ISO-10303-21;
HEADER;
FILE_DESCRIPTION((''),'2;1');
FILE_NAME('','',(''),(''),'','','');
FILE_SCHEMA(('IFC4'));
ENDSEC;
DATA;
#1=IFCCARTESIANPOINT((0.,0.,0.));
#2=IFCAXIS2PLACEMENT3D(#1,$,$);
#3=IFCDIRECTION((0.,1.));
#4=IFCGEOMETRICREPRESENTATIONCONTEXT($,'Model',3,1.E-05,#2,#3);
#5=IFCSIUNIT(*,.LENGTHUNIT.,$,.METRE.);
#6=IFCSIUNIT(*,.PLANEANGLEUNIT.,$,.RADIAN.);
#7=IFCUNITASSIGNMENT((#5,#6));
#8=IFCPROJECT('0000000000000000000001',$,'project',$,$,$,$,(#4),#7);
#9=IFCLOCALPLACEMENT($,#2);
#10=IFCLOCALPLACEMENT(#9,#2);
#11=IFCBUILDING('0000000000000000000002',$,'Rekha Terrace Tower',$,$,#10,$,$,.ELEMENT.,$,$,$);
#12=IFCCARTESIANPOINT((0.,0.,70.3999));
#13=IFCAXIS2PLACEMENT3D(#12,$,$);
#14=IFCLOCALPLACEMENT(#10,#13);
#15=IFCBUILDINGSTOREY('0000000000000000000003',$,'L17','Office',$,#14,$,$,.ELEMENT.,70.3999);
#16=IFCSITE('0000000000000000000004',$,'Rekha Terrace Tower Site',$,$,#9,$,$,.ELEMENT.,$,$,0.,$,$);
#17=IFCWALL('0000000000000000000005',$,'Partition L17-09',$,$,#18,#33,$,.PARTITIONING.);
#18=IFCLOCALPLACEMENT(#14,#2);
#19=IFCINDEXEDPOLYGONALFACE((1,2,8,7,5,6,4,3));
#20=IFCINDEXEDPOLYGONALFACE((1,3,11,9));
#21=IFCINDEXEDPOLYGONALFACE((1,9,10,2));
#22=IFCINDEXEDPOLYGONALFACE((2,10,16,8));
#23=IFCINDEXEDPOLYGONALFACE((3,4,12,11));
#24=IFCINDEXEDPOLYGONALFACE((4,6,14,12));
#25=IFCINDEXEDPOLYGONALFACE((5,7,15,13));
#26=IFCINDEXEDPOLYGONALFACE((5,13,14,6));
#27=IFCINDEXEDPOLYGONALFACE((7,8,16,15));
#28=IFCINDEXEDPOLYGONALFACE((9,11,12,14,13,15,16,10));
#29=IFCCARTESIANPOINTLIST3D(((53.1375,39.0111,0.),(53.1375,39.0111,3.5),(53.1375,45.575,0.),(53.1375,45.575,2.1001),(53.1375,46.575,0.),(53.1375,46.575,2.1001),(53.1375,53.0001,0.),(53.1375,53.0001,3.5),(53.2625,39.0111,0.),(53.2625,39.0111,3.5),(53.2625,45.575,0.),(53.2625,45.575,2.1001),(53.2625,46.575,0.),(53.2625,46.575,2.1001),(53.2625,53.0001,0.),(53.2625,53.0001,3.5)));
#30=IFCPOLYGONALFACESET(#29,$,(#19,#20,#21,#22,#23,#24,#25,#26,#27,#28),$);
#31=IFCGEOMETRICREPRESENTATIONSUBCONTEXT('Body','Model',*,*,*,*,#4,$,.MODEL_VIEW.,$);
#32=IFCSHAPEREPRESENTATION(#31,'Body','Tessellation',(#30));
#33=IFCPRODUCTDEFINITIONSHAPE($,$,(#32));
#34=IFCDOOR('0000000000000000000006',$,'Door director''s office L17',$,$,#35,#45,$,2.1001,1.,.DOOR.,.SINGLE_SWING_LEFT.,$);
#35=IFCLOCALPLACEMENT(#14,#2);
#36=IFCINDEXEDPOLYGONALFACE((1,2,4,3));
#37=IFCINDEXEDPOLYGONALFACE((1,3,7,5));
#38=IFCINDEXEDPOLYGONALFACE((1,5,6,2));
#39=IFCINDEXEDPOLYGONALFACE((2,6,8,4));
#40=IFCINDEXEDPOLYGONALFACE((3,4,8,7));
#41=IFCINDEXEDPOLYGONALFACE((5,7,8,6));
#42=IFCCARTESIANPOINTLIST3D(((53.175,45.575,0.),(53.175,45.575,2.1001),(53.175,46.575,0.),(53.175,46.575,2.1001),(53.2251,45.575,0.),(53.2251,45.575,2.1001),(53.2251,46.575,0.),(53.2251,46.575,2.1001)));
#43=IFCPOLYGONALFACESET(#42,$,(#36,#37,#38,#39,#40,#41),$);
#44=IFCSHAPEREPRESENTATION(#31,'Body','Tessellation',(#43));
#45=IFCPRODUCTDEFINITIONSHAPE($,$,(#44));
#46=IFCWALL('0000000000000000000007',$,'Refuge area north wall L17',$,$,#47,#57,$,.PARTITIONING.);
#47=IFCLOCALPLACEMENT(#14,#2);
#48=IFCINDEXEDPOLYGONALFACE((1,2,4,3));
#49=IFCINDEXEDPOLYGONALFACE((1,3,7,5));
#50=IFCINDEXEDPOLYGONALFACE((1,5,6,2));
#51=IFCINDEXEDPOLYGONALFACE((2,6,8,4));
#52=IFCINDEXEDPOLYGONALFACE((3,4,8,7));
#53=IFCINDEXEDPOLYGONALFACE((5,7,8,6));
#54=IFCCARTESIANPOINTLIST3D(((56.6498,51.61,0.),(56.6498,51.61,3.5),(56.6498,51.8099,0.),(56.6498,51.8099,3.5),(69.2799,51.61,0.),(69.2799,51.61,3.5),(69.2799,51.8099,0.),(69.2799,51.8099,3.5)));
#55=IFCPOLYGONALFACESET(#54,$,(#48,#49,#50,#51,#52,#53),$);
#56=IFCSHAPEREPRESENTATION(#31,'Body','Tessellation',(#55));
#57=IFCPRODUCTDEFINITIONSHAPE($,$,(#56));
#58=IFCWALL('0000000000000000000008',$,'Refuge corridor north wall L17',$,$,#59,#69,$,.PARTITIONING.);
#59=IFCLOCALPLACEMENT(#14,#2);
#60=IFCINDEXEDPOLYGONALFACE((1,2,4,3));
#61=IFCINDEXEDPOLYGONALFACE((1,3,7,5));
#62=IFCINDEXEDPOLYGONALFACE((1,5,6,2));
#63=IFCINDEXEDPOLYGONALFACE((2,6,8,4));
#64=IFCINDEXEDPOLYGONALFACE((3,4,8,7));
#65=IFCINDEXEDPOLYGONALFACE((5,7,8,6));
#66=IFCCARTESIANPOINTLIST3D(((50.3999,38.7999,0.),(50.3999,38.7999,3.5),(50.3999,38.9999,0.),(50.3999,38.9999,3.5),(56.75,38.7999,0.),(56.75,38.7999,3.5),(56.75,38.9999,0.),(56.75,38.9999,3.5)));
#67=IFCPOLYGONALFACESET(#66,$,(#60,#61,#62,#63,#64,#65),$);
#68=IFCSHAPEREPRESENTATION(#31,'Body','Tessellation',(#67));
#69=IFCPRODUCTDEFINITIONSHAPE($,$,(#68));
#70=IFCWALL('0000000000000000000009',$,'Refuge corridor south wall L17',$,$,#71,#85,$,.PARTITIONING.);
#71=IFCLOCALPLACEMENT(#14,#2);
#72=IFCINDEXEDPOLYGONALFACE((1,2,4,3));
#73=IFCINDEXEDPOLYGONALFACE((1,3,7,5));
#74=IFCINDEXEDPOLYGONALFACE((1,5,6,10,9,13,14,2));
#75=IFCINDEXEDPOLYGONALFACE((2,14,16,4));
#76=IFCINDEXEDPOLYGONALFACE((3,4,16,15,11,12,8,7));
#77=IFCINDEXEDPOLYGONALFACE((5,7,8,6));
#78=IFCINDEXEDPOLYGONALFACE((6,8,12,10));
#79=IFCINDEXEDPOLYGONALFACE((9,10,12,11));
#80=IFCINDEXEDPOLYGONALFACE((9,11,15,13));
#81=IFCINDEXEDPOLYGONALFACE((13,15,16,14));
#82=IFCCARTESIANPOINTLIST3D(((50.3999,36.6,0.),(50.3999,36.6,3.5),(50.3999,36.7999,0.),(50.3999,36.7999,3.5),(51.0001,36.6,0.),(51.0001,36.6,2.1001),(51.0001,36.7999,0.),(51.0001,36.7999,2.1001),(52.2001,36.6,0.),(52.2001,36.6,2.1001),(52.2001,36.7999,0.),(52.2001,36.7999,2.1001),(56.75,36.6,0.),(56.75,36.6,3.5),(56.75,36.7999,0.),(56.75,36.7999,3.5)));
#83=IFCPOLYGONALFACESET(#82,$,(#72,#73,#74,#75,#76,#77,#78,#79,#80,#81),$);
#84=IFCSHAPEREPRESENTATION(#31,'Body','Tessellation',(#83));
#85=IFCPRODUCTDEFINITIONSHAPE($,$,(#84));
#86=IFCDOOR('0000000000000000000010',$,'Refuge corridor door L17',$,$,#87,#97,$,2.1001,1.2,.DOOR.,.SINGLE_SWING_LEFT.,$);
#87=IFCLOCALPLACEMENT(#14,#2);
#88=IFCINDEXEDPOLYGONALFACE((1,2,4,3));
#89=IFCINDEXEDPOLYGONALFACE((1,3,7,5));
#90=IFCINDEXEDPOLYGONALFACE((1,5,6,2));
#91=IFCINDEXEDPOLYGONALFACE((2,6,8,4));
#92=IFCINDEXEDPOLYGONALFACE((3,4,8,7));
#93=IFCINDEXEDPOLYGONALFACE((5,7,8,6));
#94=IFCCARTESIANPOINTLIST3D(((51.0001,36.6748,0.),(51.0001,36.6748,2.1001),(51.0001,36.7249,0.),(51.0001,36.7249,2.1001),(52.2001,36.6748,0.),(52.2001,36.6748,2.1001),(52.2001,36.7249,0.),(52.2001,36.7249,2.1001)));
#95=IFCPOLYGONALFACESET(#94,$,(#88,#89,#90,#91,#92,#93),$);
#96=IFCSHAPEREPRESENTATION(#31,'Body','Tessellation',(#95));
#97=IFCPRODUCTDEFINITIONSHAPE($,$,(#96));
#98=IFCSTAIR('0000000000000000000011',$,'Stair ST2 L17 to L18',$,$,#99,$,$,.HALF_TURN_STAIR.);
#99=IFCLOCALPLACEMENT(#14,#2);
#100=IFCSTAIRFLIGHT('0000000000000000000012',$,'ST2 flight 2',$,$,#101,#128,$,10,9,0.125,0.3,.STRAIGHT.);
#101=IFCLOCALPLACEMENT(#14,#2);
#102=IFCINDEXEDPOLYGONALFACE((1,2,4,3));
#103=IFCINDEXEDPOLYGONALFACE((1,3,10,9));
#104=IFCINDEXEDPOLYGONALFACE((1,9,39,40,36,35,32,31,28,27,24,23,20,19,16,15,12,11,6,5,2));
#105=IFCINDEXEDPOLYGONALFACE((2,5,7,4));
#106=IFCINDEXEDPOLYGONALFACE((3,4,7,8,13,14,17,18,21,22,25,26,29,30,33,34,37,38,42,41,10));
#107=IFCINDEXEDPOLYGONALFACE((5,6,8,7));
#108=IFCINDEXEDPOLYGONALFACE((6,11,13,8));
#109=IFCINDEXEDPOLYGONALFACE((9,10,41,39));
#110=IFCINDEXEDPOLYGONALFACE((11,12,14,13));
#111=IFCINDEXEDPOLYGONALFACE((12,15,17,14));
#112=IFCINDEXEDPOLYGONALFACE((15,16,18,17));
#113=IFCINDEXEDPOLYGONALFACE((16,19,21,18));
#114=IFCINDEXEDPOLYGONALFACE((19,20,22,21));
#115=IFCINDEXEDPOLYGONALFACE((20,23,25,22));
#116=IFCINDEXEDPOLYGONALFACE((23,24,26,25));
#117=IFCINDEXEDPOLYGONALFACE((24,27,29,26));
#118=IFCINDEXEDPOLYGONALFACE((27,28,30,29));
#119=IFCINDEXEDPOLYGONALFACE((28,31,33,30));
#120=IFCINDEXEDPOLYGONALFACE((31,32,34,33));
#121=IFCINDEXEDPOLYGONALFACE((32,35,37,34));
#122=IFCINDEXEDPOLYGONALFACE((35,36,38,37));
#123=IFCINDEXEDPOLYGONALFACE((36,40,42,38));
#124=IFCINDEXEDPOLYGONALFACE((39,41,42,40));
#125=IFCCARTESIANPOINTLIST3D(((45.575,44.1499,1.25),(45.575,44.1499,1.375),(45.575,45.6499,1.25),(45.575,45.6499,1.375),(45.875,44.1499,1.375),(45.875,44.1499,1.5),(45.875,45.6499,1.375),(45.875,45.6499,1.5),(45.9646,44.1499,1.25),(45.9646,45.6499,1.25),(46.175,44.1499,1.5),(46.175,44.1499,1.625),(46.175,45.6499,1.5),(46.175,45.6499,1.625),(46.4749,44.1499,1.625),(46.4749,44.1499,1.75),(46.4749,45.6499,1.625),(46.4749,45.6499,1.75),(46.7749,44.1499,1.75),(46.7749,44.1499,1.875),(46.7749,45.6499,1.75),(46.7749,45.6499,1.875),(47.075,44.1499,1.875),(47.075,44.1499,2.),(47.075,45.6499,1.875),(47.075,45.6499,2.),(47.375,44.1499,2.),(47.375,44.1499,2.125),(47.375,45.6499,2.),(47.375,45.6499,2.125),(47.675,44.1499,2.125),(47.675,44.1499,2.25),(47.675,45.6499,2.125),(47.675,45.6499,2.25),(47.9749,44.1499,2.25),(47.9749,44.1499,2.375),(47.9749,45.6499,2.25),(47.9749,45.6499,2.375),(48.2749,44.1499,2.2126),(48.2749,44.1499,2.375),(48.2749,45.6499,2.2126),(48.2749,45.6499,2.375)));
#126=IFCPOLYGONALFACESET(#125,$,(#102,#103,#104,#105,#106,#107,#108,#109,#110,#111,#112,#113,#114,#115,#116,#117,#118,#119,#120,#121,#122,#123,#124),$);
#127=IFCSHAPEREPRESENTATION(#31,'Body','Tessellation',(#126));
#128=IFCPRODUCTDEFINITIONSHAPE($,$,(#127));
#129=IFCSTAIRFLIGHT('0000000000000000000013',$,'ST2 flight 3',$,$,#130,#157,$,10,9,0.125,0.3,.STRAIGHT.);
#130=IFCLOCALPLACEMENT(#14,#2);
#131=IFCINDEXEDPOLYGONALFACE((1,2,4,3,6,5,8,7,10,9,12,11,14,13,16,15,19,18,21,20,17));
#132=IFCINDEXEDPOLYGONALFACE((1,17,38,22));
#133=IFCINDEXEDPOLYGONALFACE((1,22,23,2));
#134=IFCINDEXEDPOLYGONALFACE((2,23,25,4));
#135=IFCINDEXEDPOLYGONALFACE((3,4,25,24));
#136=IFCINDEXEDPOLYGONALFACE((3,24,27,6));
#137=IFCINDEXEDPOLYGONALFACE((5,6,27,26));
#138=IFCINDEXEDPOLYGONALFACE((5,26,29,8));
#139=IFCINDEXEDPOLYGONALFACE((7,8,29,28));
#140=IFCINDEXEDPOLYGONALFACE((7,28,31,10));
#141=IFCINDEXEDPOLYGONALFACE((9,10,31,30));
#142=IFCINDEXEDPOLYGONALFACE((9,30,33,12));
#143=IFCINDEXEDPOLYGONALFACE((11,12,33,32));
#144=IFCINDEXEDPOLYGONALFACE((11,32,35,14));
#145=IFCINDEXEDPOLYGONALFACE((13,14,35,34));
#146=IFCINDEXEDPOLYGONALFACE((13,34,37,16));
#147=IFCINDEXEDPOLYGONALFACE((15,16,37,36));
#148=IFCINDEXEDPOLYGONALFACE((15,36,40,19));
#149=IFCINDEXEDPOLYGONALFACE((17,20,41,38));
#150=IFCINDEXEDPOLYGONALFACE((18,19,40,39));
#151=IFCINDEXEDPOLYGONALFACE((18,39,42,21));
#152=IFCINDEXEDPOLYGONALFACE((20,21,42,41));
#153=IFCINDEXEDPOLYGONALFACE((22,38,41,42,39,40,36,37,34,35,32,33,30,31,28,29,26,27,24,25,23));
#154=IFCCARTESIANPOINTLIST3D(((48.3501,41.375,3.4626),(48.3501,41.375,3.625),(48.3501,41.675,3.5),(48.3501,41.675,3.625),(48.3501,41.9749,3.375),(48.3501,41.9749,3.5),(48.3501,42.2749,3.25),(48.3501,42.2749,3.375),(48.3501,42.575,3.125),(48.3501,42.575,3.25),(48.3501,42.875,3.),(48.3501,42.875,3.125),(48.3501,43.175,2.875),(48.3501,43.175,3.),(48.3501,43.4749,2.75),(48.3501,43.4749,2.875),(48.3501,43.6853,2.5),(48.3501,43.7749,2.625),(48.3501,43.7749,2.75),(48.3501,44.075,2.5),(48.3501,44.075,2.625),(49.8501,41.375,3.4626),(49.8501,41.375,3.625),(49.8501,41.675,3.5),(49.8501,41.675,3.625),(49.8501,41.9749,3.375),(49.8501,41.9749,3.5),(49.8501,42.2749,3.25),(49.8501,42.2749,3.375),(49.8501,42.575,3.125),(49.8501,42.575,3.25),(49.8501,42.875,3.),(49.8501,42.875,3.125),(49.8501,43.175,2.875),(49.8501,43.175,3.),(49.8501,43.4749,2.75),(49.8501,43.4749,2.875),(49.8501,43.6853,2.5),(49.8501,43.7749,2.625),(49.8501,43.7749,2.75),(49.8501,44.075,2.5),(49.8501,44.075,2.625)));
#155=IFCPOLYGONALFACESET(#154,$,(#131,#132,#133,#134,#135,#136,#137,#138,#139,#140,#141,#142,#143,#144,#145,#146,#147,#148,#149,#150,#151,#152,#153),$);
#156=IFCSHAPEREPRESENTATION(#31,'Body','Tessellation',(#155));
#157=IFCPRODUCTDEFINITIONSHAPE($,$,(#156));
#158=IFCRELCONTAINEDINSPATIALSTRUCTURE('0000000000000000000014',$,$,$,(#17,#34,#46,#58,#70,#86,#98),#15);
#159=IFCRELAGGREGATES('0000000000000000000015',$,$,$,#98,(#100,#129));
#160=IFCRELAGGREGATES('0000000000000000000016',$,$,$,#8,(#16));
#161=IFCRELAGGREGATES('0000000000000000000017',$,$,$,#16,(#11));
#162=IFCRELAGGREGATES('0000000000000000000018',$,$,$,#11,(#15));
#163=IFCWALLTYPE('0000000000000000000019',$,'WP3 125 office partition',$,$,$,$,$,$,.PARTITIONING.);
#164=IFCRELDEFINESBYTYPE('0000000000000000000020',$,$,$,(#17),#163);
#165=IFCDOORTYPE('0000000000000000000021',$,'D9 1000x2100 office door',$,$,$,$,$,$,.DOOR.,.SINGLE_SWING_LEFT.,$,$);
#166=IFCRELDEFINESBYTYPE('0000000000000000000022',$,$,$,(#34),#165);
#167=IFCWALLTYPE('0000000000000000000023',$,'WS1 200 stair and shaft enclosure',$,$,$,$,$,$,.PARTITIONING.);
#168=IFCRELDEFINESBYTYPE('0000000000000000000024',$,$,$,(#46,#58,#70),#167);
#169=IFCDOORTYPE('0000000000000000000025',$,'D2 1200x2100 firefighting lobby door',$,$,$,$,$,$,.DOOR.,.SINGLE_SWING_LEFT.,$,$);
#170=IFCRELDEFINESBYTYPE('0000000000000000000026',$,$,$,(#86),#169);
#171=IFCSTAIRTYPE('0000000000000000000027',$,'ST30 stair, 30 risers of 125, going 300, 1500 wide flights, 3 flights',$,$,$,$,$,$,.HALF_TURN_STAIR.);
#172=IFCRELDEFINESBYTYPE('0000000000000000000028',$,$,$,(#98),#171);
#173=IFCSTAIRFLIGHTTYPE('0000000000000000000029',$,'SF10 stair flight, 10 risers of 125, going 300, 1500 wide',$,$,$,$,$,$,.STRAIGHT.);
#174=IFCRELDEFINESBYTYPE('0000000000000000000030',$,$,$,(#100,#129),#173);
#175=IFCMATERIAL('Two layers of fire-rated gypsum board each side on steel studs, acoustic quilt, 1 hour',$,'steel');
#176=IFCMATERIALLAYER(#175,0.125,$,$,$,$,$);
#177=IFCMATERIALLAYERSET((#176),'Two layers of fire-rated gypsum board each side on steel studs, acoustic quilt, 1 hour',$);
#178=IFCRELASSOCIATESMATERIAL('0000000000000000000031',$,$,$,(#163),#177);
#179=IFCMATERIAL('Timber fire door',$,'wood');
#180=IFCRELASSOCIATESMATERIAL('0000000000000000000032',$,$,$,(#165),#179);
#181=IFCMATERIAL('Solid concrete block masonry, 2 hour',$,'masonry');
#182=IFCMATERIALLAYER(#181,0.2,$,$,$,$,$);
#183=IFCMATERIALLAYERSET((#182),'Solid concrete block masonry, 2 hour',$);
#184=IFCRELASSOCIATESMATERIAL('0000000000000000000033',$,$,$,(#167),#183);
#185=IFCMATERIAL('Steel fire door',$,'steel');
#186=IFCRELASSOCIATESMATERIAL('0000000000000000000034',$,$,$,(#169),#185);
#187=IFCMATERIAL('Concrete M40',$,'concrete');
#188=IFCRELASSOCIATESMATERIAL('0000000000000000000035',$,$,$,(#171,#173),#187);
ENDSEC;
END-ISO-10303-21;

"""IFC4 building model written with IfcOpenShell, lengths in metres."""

from ifc_helpers import new_model, si_unit, direction, frame, frame_2d, origin, place, context, subcontext, project, spatial, polyline, rectangle, outline, extrude, material, layer, layer_set, type_object, element, fill, aggregate, save


model = new_model("IFC4")

# Units and contexts
model_context = context("Model", 3, precision=1e-05, world=origin(), true_north=direction((0.0, 1.0)))
body_context = subcontext(model_context, "Body", "Model", "MODEL_VIEW")
ifc_project = project(units=[si_unit("LENGTHUNIT", "METRE"), si_unit("PLANEANGLEUNIT", "RADIAN")], contexts=[model_context])

# Site, building, storey
site_placement = place(None, origin())
site = spatial("IfcSite", under=ifc_project, at=site_placement, Name="Rekha Terrace Tower Site", CompositionType="ELEMENT", RefElevation=0.0)
building_placement = place(site_placement, origin())
building = spatial("IfcBuilding", under=site, at=building_placement, Name="Rekha Terrace Tower", CompositionType="ELEMENT")
storey_placement = place(building_placement, frame((0.0, 0.0, 70.3999)))
storey = spatial("IfcBuildingStorey", under=building, at=storey_placement, Name="L17", Description="Office", CompositionType="ELEMENT", Elevation=70.3999)

# Shared definitions
ifc_material_1 = material(Name="Two layers of fire-rated gypsum board each side on steel studs, acoustic quilt, 1 hour", Category="steel")
ifc_layer_1 = layer(ifc_material_1, 0.125)
ifc_layer_set_1 = layer_set([ifc_layer_1], Name="Two layers of fire-rated gypsum board each side on steel studs, acoustic quilt, 1 hour")
wall_type_1 = type_object("IfcWallType", Name="WP3 125 office partition", PredefinedType="PARTITIONING", material=ifc_layer_set_1)

# Wall, opening, door
wall_1_placement = place(storey_placement, frame((53.2, 39.011, 0.0), z_axis=(0.0, 0.0, 1.0), x_axis=(0.0, 1.0, 0.0)))
wall_1 = element("IfcWall", 1, at=wall_1_placement, inside=storey, type_object=wall_type_1, Name="Partition L17-09", PredefinedType="PARTITIONING", context=body_context, shape_type="SweptSolid", body=[
    extrude(rectangle(XDim=13.989, YDim=0.125, at=frame_2d((6.9946, 0.0))), origin(), (0.0, 0.0, 1.0), 3.5),
])
opening_1_placement = place(wall_1_placement, frame((6.564, 0.0, 0.0)))
opening_1 = element("IfcOpeningElement", 2, at=opening_1_placement, cuts=wall_1, PredefinedType="OPENING", context=body_context, shape_type="SweptSolid", body=[
    extrude(rectangle(XDim=1.0, YDim=2.1001, at=frame_2d((0.5, 1.05))), frame((0.0, 0.0725, 0.0), z_axis=(0.0, -1.0, 0.0), x_axis=(1.0, 0.0, 0.0)), (0.0, 0.0, 1.0), 0.145),
])
ifc_material_2 = material(Name="Timber fire door", Category="wood")
door_type_1 = type_object("IfcDoorType", Name="D9 1000x2100 office door", OperationType="SINGLE_SWING_LEFT", PredefinedType="DOOR", material=ifc_material_2)
door_1_placement = place(opening_1_placement, origin())
door_1 = element("IfcDoor", 3, at=door_1_placement, inside=storey, type_object=door_type_1, Name="Door director's office L17", OperationType="SINGLE_SWING_LEFT", OverallHeight=2.1001, OverallWidth=1.0, PredefinedType="DOOR", context=body_context, shape_type="SweptSolid", body=[
    extrude(rectangle(XDim=1.0, YDim=2.1001, at=frame_2d((0.5, 1.05))), frame((0.0, 0.0249, 0.0), z_axis=(0.0, -1.0, 0.0), x_axis=(1.0, 0.0, 0.0)), (0.0, 0.0, 1.0), 0.05),
])
fill(opening_1, door_1)

# Walls
ifc_material_3 = material(Name="Solid concrete block masonry, 2 hour", Category="masonry")
ifc_layer_2 = layer(ifc_material_3, 0.2)
ifc_layer_set_2 = layer_set([ifc_layer_2], Name="Solid concrete block masonry, 2 hour")
wall_type_2 = type_object("IfcWallType", Name="WS1 200 stair and shaft enclosure", PredefinedType="PARTITIONING", material=ifc_layer_set_2)
wall_2_placement = place(storey_placement, frame((56.6499, 51.71, 0.0), z_axis=(0.0, 0.0, 1.0), x_axis=(1.0, 0.0, 0.0)))
element("IfcWall", 4, at=wall_2_placement, inside=storey, type_object=wall_type_2, Name="Refuge area north wall L17", PredefinedType="PARTITIONING", context=body_context, shape_type="SweptSolid", body=[
    extrude(rectangle(XDim=12.6301, YDim=0.2, at=frame_2d((6.3149, 0.0))), origin(), (0.0, 0.0, 1.0), 3.5),
])
wall_3_placement = place(storey_placement, frame((50.3999, 38.8999, 0.0), z_axis=(0.0, 0.0, 1.0), x_axis=(1.0, 0.0, 0.0)))
element("IfcWall", 5, at=wall_3_placement, inside=storey, type_object=wall_type_2, Name="Refuge corridor north wall L17", PredefinedType="PARTITIONING", context=body_context, shape_type="SweptSolid", body=[
    extrude(rectangle(XDim=6.3501, YDim=0.2, at=frame_2d((3.175, 0.0))), origin(), (0.0, 0.0, 1.0), 3.5),
])

# Wall, opening, door
wall_4_placement = place(storey_placement, frame((50.3999, 36.7, 0.0), z_axis=(0.0, 0.0, 1.0), x_axis=(1.0, 0.0, 0.0)))
wall_4 = element("IfcWall", 6, at=wall_4_placement, inside=storey, type_object=wall_type_2, Name="Refuge corridor south wall L17", PredefinedType="PARTITIONING", context=body_context, shape_type="SweptSolid", body=[
    extrude(rectangle(XDim=6.3501, YDim=0.2, at=frame_2d((3.175, 0.0))), origin(), (0.0, 0.0, 1.0), 3.5),
])
opening_2_placement = place(wall_4_placement, frame((0.6001, 0.0, 0.0)))
opening_2 = element("IfcOpeningElement", 7, at=opening_2_placement, cuts=wall_4, PredefinedType="OPENING", context=body_context, shape_type="SweptSolid", body=[
    extrude(rectangle(XDim=1.2, YDim=2.1001, at=frame_2d((0.6001, 1.05))), frame((0.0, 0.1099, 0.0), z_axis=(0.0, -1.0, 0.0), x_axis=(1.0, 0.0, 0.0)), (0.0, 0.0, 1.0), 0.22),
])
ifc_material_4 = material(Name="Steel fire door", Category="steel")
door_type_2 = type_object("IfcDoorType", Name="D2 1200x2100 firefighting lobby door", OperationType="SINGLE_SWING_LEFT", PredefinedType="DOOR", material=ifc_material_4)
door_2_placement = place(opening_2_placement, origin())
door_2 = element("IfcDoor", 8, at=door_2_placement, inside=storey, type_object=door_type_2, Name="Refuge corridor door L17", OperationType="SINGLE_SWING_LEFT", OverallHeight=2.1001, OverallWidth=1.2, PredefinedType="DOOR", context=body_context, shape_type="SweptSolid", body=[
    extrude(rectangle(XDim=1.2, YDim=2.1001, at=frame_2d((0.6001, 1.05))), frame((0.0, 0.0249, 0.0), z_axis=(0.0, -1.0, 0.0), x_axis=(1.0, 0.0, 0.0)), (0.0, 0.0, 1.0), 0.05),
])
fill(opening_2, door_2)

# Stair, stair flights
ifc_material_5 = material(Name="Concrete M40", Category="concrete")
stair_type = type_object("IfcStairType", Name="ST30 stair, 30 risers of 125, going 300, 1500 wide flights, 3 flights", PredefinedType="HALF_TURN_STAIR", material=ifc_material_5)
stair_1_placement = place(storey_placement, origin())
stair_1 = element("IfcStair", 9, at=stair_1_placement, inside=storey, type_object=stair_type, Name="Stair ST2 L17 to L18", PredefinedType="HALF_TURN_STAIR")
stair_flight_type = type_object("IfcStairFlightType", Name="SF10 stair flight, 10 risers of 125, going 300, 1500 wide", PredefinedType="STRAIGHT", material=ifc_material_5)
stair_flight_1_placement = place(storey_placement, frame((45.575, 44.8999, 1.25), z_axis=(0.0, 0.0, 1.0), x_axis=(1.0, 0.0, 0.0)))
stair_flight_1 = element("IfcStairFlight", 10, at=stair_flight_1_placement, type_object=stair_flight_type, Name="ST2 flight 2", NumberOfRisers=10, NumberOfTreads=9, PredefinedType="STRAIGHT", RiserHeight=0.125, TreadLength=0.3, context=body_context, shape_type="SweptSolid", body=[
    extrude(outline(polyline([(0.0, 0.0), (0.0, 0.125), (0.3, 0.125), (0.3, 0.25), (0.6001, 0.25), (0.6001, 0.375), (0.8999, 0.375), (0.8999, 0.5), (1.2, 0.5), (1.2, 0.625), (1.5, 0.625), (1.5, 0.75), (1.8, 0.75), (1.8, 0.875), (2.1001, 0.875), (2.1001, 1.0), (2.3999, 1.0), (2.3999, 1.125), (2.7, 1.125), (2.7, 1.25), (2.7, 0.9626), (0.3896, 0.0), (0.0, 0.0)])), frame((0.0, 0.75, 0.0), z_axis=(0.0, -1.0, 0.0), x_axis=(1.0, 0.0, 0.0)), (0.0, 0.0, 1.0), 1.5),
])
stair_flight_2_placement = place(storey_placement, frame((49.1001, 44.075, 2.5), z_axis=(0.0, 0.0, 1.0), x_axis=(0.0, -1.0, 0.0)))
stair_flight_2 = element("IfcStairFlight", 11, at=stair_flight_2_placement, type_object=stair_flight_type, Name="ST2 flight 3", NumberOfRisers=10, NumberOfTreads=9, PredefinedType="STRAIGHT", RiserHeight=0.125, TreadLength=0.3, context=body_context, shape_type="SweptSolid", body=[
    extrude(outline(polyline([(0.0, 0.0), (0.0, 0.125), (0.3, 0.125), (0.3, 0.25), (0.6001, 0.25), (0.6001, 0.375), (0.8999, 0.375), (0.8999, 0.5), (1.2, 0.5), (1.2, 0.625), (1.5, 0.625), (1.5, 0.75), (1.8, 0.75), (1.8, 0.875), (2.1001, 0.875), (2.1001, 1.0), (2.3999, 1.0), (2.3999, 1.125), (2.7, 1.125), (2.7, 1.25), (2.7, 0.9626), (0.3896, 0.0), (0.0, 0.0)])), frame((0.0, 0.75, 0.0), z_axis=(0.0, -1.0, 0.0), x_axis=(1.0, 0.0, 0.0)), (0.0, 0.0, 1.0), 1.5),
])
aggregate(stair_1, [stair_flight_1, stair_flight_2])

save(model, "model.ifc")
